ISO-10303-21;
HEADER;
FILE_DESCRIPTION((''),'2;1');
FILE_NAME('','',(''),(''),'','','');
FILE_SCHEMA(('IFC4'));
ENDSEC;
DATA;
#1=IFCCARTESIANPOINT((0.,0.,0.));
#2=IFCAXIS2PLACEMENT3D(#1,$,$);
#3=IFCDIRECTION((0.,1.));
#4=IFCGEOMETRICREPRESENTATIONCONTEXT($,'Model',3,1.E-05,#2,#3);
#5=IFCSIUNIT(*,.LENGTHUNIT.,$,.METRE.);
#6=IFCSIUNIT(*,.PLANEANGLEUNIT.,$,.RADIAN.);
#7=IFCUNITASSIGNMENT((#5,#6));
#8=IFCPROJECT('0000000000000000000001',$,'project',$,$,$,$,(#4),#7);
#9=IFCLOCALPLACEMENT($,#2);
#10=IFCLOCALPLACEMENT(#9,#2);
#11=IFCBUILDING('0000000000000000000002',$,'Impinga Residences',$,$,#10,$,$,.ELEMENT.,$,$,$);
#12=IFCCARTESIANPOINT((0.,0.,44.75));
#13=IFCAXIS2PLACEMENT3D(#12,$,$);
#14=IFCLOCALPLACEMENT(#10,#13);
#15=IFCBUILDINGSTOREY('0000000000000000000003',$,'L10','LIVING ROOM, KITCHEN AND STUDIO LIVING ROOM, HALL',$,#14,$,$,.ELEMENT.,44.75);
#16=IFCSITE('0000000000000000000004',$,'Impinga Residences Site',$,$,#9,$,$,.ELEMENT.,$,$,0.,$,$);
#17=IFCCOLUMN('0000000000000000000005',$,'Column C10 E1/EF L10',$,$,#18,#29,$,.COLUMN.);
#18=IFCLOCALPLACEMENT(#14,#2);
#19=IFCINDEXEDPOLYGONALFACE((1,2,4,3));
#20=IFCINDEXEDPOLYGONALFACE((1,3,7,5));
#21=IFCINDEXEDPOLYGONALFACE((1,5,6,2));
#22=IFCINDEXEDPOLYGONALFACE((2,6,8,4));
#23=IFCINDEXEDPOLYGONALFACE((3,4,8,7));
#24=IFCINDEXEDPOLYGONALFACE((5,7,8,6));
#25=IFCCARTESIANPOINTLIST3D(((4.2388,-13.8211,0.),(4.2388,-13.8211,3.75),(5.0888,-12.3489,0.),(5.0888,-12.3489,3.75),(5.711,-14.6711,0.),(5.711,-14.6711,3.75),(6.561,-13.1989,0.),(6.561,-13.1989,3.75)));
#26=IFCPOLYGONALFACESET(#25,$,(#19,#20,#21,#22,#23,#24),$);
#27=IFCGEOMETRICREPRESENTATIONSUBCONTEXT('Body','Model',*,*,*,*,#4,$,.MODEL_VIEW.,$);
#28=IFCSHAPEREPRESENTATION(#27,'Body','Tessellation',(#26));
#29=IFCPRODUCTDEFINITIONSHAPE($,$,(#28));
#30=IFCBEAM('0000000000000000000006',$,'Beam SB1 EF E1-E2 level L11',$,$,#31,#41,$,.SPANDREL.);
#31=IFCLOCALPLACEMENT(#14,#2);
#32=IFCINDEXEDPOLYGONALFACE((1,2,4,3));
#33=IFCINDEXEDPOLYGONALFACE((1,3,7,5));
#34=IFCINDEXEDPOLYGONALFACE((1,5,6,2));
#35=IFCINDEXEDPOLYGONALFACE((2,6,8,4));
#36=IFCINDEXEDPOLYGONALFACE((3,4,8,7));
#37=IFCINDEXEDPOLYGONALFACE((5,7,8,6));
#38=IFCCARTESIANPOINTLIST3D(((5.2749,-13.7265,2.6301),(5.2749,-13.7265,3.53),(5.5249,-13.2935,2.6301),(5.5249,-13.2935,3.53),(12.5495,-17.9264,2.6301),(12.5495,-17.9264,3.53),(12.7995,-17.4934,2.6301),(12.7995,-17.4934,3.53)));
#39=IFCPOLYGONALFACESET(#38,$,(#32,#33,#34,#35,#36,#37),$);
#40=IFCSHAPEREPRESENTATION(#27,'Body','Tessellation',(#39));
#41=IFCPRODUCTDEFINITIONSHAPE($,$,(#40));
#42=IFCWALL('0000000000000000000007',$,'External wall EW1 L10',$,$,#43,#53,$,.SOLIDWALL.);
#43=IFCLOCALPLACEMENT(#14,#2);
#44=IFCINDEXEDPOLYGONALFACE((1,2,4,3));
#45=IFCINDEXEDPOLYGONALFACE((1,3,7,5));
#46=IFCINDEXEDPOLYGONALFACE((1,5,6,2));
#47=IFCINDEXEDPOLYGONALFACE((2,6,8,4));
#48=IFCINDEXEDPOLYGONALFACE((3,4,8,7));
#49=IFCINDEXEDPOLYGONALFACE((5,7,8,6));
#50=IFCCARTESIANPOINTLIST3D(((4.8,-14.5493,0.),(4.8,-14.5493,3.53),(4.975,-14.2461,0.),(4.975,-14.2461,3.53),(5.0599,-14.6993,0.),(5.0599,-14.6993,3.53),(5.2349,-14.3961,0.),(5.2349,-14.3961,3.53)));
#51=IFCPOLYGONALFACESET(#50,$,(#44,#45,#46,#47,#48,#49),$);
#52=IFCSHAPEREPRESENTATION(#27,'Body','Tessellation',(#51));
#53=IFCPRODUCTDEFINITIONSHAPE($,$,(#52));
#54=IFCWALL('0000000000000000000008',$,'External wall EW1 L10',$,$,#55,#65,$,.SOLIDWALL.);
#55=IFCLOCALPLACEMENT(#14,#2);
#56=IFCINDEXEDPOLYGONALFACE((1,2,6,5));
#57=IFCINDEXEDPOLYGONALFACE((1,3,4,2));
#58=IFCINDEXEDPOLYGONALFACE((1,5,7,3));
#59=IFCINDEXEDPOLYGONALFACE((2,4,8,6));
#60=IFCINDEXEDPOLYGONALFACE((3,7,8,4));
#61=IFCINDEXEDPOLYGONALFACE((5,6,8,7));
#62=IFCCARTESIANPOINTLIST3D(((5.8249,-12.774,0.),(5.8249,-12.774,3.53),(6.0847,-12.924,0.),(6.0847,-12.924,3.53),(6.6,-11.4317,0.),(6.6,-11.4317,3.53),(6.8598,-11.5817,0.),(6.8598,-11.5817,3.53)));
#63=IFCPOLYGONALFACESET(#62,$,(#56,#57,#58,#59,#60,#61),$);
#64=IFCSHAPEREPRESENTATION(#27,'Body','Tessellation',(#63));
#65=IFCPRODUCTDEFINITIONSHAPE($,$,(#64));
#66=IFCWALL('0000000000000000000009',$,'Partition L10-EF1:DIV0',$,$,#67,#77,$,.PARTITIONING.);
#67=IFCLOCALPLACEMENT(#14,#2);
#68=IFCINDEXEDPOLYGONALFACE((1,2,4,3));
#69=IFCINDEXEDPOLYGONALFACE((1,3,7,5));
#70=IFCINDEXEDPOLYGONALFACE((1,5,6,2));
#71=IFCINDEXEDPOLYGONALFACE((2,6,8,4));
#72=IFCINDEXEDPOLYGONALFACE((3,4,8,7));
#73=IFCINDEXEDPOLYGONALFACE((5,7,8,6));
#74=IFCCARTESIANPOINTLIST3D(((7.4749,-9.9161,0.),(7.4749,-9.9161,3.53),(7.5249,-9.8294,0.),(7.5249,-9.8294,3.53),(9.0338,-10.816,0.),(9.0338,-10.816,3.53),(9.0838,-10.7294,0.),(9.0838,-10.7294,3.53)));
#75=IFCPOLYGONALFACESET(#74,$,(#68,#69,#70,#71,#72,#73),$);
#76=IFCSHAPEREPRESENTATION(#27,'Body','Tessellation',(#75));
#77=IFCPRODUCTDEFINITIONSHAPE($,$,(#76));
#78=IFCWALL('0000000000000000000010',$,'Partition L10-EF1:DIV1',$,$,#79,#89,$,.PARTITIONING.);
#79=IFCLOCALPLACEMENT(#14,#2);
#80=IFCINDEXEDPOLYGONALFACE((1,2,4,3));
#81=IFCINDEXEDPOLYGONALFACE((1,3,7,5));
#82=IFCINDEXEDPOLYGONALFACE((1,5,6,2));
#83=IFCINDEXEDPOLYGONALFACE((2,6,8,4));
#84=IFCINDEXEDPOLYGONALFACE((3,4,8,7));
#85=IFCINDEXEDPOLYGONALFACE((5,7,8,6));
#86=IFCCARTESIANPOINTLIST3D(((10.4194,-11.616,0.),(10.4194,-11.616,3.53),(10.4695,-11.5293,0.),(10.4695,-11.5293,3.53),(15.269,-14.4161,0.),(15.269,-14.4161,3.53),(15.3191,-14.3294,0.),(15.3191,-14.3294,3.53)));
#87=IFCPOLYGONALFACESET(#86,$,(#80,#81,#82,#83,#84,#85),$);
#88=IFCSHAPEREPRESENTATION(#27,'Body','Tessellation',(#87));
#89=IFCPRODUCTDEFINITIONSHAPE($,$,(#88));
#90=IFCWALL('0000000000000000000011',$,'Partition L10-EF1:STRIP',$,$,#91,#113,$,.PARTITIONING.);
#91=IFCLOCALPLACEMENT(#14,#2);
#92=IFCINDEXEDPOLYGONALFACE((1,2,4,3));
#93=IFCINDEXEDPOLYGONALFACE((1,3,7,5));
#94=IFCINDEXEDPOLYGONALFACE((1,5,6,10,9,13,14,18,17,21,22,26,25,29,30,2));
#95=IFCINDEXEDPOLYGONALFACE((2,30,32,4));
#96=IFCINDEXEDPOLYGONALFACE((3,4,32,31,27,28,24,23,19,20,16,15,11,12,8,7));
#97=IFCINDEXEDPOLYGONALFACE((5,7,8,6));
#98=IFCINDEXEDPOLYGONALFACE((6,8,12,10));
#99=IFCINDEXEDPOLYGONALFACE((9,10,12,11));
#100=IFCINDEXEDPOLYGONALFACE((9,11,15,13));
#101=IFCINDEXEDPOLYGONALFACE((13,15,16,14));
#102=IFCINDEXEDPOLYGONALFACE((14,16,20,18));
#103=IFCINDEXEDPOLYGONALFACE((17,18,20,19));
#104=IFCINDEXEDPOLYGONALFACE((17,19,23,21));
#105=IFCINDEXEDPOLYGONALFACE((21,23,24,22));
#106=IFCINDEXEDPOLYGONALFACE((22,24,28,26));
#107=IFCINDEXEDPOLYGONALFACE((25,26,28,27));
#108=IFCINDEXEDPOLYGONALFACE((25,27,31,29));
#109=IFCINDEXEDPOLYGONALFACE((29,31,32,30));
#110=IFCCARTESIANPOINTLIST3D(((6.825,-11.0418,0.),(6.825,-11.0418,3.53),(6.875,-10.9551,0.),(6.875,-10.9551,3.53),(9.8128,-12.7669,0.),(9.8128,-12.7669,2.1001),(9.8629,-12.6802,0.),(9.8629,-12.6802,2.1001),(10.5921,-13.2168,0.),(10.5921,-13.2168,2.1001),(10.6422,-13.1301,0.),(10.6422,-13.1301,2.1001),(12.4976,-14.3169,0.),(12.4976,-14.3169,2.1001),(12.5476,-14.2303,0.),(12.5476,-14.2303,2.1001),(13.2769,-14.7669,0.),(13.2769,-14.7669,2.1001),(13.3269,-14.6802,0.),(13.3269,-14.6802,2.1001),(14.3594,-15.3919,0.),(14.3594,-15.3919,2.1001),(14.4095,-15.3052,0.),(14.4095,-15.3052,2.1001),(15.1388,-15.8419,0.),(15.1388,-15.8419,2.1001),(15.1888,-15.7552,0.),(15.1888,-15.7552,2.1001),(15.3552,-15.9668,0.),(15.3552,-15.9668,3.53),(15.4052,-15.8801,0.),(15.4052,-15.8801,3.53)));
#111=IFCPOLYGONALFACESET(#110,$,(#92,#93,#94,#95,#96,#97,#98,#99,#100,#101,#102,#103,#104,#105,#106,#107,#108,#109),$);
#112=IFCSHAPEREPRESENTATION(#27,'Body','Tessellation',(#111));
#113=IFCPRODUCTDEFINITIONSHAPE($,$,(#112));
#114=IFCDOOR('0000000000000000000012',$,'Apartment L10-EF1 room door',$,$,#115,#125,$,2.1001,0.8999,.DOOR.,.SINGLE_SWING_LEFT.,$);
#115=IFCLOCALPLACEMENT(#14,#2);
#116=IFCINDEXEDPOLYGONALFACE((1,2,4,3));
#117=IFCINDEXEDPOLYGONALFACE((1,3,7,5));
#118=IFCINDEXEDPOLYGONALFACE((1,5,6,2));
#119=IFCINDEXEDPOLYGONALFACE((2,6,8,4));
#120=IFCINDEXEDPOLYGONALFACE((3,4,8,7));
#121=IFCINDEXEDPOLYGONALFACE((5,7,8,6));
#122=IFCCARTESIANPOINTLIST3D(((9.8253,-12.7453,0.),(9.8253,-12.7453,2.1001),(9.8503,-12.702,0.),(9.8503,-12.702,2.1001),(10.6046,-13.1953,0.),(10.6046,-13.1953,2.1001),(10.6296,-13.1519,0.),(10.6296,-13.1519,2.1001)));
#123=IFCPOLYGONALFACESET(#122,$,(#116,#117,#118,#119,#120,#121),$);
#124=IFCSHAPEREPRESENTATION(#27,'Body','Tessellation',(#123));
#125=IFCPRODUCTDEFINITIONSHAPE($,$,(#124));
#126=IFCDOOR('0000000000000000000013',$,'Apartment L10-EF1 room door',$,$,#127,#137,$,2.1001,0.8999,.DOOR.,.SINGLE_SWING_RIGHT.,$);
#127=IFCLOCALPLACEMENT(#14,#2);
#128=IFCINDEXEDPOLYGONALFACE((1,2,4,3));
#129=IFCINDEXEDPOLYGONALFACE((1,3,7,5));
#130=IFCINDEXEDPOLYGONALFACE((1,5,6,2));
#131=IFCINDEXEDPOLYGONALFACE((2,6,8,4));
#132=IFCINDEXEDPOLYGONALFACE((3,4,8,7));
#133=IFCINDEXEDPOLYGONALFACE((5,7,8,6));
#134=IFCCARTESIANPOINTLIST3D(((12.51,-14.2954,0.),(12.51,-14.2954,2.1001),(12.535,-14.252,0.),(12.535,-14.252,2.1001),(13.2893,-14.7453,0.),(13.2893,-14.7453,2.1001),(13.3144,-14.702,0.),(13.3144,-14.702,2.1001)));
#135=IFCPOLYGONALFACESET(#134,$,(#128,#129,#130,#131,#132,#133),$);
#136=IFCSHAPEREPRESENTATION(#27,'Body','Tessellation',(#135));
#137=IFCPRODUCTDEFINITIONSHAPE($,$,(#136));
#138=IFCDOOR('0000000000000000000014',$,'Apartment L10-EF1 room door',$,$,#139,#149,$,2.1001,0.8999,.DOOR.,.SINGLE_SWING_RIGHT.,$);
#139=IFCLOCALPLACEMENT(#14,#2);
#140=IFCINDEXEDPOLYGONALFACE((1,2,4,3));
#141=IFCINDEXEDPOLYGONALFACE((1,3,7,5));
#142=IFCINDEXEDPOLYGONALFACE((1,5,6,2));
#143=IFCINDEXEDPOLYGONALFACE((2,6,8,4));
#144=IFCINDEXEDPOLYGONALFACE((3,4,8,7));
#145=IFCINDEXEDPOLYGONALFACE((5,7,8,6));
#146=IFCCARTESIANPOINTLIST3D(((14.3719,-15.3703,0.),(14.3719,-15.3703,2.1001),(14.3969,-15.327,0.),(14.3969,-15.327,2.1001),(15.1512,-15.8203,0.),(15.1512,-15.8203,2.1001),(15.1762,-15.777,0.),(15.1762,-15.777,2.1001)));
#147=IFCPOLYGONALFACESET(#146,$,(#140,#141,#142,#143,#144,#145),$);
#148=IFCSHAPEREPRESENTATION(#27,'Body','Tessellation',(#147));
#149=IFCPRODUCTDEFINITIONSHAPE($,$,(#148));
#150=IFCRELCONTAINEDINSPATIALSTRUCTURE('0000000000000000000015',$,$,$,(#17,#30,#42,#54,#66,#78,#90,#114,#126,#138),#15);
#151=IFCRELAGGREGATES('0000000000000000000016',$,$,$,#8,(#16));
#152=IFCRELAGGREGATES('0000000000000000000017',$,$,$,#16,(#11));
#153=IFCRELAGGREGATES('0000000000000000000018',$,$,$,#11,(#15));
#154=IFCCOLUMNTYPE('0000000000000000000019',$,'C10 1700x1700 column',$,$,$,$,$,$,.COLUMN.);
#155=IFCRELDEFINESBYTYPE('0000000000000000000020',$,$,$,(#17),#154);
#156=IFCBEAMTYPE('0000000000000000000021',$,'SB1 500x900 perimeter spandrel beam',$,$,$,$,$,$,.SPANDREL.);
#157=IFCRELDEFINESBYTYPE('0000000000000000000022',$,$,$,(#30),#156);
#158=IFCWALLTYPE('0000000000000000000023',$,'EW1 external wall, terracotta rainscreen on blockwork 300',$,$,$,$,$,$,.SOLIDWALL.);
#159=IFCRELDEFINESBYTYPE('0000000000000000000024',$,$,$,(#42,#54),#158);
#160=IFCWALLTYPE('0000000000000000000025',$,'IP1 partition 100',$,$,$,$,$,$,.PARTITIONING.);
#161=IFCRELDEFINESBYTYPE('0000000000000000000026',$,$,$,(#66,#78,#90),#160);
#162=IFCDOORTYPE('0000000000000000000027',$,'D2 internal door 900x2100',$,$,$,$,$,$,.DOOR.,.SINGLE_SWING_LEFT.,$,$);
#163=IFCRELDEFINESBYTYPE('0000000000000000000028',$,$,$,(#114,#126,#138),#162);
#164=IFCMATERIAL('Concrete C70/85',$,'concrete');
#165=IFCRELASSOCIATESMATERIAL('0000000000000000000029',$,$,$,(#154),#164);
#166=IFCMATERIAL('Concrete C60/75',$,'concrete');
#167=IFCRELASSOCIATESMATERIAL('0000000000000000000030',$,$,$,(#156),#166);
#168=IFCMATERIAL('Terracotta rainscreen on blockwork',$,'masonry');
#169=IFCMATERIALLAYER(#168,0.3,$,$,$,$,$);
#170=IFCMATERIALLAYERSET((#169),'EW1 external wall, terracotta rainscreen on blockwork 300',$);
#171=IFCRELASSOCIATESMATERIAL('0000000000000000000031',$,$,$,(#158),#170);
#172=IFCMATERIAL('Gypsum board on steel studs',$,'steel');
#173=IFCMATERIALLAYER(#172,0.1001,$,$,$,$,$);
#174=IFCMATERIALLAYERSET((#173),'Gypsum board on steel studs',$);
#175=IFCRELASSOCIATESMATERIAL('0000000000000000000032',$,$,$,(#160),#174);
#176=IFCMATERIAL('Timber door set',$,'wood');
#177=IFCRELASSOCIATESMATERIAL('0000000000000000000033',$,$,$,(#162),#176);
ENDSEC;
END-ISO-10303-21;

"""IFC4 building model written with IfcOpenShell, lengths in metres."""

from ifc_helpers import new_model, si_unit, direction, frame, frame_2d, origin, origin_2d, place, context, subcontext, project, spatial, rectangle, extrude, material, layer, layer_set, material_profile, profile_set, type_object, element, fill, save


model = new_model("IFC4")

# Units and contexts
model_context = context("Model", 3, precision=1e-05, world=origin(), true_north=direction((0.0, 1.0)))
body_context = subcontext(model_context, "Body", "Model", "MODEL_VIEW")
ifc_project = project(units=[si_unit("LENGTHUNIT", "METRE"), si_unit("PLANEANGLEUNIT", "RADIAN")], contexts=[model_context])

# Site, building, storey
site_placement = place(None, origin())
site = spatial("IfcSite", under=ifc_project, at=site_placement, Name="Impinga Residences Site", CompositionType="ELEMENT", RefElevation=0.0)
building_placement = place(site_placement, origin())
building = spatial("IfcBuilding", under=site, at=building_placement, Name="Impinga Residences", CompositionType="ELEMENT")
storey_placement = place(building_placement, frame((0.0, 0.0, 44.75)))
storey = spatial("IfcBuildingStorey", under=building, at=storey_placement, Name="L10", Description="LIVING ROOM, KITCHEN AND STUDIO LIVING ROOM, HALL", CompositionType="ELEMENT", Elevation=44.75)

# Column
ifc_material_1 = material(Name="Concrete C70/85", Category="concrete")
ifc_material_profile_1 = material_profile(ifc_material_1, rectangle(XDim=1.7, YDim=1.7, at=origin_2d()), Name="RC 1700x1700")
ifc_profile_set_1 = profile_set([ifc_material_profile_1], Name="Concrete C70/85")
column_type = type_object("IfcColumnType", Name="C10 1700x1700 column", PredefinedType="COLUMN", material=ifc_profile_set_1)
column_placement = place(storey_placement, frame((5.3999, -13.51, 0.0), z_axis=(0.0, 0.0, 1.0), x_axis=(-0.5, -0.866025, 0.0)))
element("IfcColumn", 1, at=column_placement, inside=storey, type_object=column_type, Name="Column C10 E1/EF L10", PredefinedType="COLUMN", context=body_context, shape_type="SweptSolid", body=[
    extrude(rectangle(XDim=1.7, YDim=1.7, at=origin_2d()), origin(), (0.0, 0.0, 1.0), 3.75),
])

# Beam
ifc_material_2 = material(Name="Concrete C60/75", Category="concrete")
ifc_material_profile_2 = material_profile(ifc_material_2, rectangle(XDim=0.5, YDim=0.8999, at=origin_2d()), Name="RC 500x900")
ifc_profile_set_2 = profile_set([ifc_material_profile_2], Name="Concrete C60/75")
beam_type = type_object("IfcBeamType", Name="SB1 500x900 perimeter spandrel beam", PredefinedType="SPANDREL", material=ifc_profile_set_2)
beam_placement = place(storey_placement, frame((5.3999, -13.51, 3.0801), z_axis=(0.866029, -0.499993, 0.0), x_axis=(0.499993, 0.866029, 0.0)))
element("IfcBeam", 2, at=beam_placement, inside=storey, type_object=beam_type, Name="Beam SB1 EF E1-E2 level L11", PredefinedType="SPANDREL", context=body_context, shape_type="SweptSolid", body=[
    extrude(rectangle(XDim=0.5, YDim=0.8999, at=origin_2d()), origin(), (0.0, 0.0, 1.0), 8.3999),
])

# Walls
ifc_material_3 = material(Name="Terracotta rainscreen on blockwork", Category="masonry")
ifc_layer_1 = layer(ifc_material_3, 0.3)
ifc_layer_set_1 = layer_set([ifc_layer_1], Name="EW1 external wall, terracotta rainscreen on blockwork 300")
wall_type_1 = type_object("IfcWallType", Name="EW1 external wall, terracotta rainscreen on blockwork 300", PredefinedType="SOLIDWALL", material=ifc_layer_set_1)
wall_1_placement = place(storey_placement, frame((4.9299, -14.6243, 0.0), z_axis=(0.0, 0.0, 1.0), x_axis=(0.499964, 0.866046, 0.0)))
element("IfcWall", 3, at=wall_1_placement, inside=storey, type_object=wall_type_1, Name="External wall EW1 L10", PredefinedType="SOLIDWALL", context=body_context, shape_type="SweptSolid", body=[
    extrude(rectangle(XDim=0.3501, YDim=0.3, at=frame_2d((0.175, 0.0))), origin(), (0.0, 0.0, 1.0), 3.53),
])
wall_2_placement = place(storey_placement, frame((5.9548, -12.8489, 0.0), z_axis=(0.0, 0.0, 1.0), x_axis=(0.500086, 0.865976, 0.0)))
element("IfcWall", 4, at=wall_2_placement, inside=storey, type_object=wall_type_1, Name="External wall EW1 L10", PredefinedType="SOLIDWALL", context=body_context, shape_type="SweptSolid", body=[
    extrude(rectangle(XDim=1.55, YDim=0.3, at=frame_2d((0.7749, 0.0))), origin(), (0.0, 0.0, 1.0), 3.53),
])
ifc_material_4 = material(Name="Gypsum board on steel studs", Category="steel")
ifc_layer_2 = layer(ifc_material_4, 0.1001)
ifc_layer_set_2 = layer_set([ifc_layer_2], Name="Gypsum board on steel studs")
wall_type_2 = type_object("IfcWallType", Name="IP1 partition 100", PredefinedType="PARTITIONING", material=ifc_layer_set_2)
wall_3_placement = place(storey_placement, frame((7.5, -9.8728, 0.0), z_axis=(0.0, 0.0, 1.0), x_axis=(0.866048, -0.499961, 0.0)))
element("IfcWall", 5, at=wall_3_placement, inside=storey, type_object=wall_type_2, Name="Partition L10-EF1:DIV0", PredefinedType="PARTITIONING", context=body_context, shape_type="SweptSolid", body=[
    extrude(rectangle(XDim=1.8, YDim=0.1001, at=frame_2d((0.8999, 0.0))), origin(), (0.0, 0.0, 1.0), 3.53),
])
wall_4_placement = place(storey_placement, frame((10.4446, -11.5728, 0.0), z_axis=(0.0, 0.0, 1.0), x_axis=(0.866016, -0.500017, 0.0)))
element("IfcWall", 6, at=wall_4_placement, inside=storey, type_object=wall_type_2, Name="Partition L10-EF1:DIV1", PredefinedType="PARTITIONING", context=body_context, shape_type="SweptSolid", body=[
    extrude(rectangle(XDim=5.5999, YDim=0.1001, at=frame_2d((2.7998, 0.0))), origin(), (0.0, 0.0, 1.0), 3.53),
])

# Wall, openings, doors
wall_5_placement = place(storey_placement, frame((6.8501, -10.9985, 0.0), z_axis=(0.0, 0.0, 1.0), x_axis=(0.866021, -0.500007, 0.0)))
wall_5 = element("IfcWall", 7, at=wall_5_placement, inside=storey, type_object=wall_type_2, Name="Partition L10-EF1:STRIP", PredefinedType="PARTITIONING", context=body_context, shape_type="SweptSolid", body=[
    extrude(rectangle(XDim=9.8499, YDim=0.1001, at=frame_2d((4.9248, 0.0))), origin(), (0.0, 0.0, 1.0), 3.53),
])
opening_1_placement = place(wall_5_placement, frame((3.45, 0.0, 0.0)))
opening_1 = element("IfcOpeningElement", 8, at=opening_1_placement, cuts=wall_5, PredefinedType="OPENING", context=body_context, shape_type="SweptSolid", body=[
    extrude(rectangle(XDim=0.8999, YDim=2.1001, at=frame_2d((0.45, 1.05))), frame((0.0, 0.0601, 0.0), z_axis=(0.0, -1.0, 0.0), x_axis=(1.0, 0.0, 0.0)), (0.0, 0.0, 1.0), 0.1201),
])
opening_2_placement = place(wall_5_placement, frame((6.55, 0.0, 0.0)))
opening_2 = element("IfcOpeningElement", 9, at=opening_2_placement, cuts=wall_5, PredefinedType="OPENING", context=body_context, shape_type="SweptSolid", body=[
    extrude(rectangle(XDim=0.8999, YDim=2.1001, at=frame_2d((0.45, 1.05))), frame((0.0, 0.0601, 0.0), z_axis=(0.0, -1.0, 0.0), x_axis=(1.0, 0.0, 0.0)), (0.0, 0.0, 1.0), 0.1201),
])
opening_3_placement = place(wall_5_placement, frame((8.7, 0.0, 0.0)))
opening_3 = element("IfcOpeningElement", 10, at=opening_3_placement, cuts=wall_5, PredefinedType="OPENING", context=body_context, shape_type="SweptSolid", body=[
    extrude(rectangle(XDim=0.8999, YDim=2.1001, at=frame_2d((0.45, 1.05))), frame((0.0, 0.0601, 0.0), z_axis=(0.0, -1.0, 0.0), x_axis=(1.0, 0.0, 0.0)), (0.0, 0.0, 1.0), 0.1201),
])
ifc_material_5 = material(Name="Timber door set", Category="wood")
door_type_1 = type_object("IfcDoorType", Name="D2 internal door 900x2100", OperationType="SINGLE_SWING_LEFT", PredefinedType="DOOR", material=ifc_material_5)
door_1_placement = place(opening_1_placement, origin())
door_1 = element("IfcDoor", 11, at=door_1_placement, inside=storey, type_object=door_type_1, Name="Apartment L10-EF1 room door", OperationType="SINGLE_SWING_LEFT", OverallHeight=2.1001, OverallWidth=0.8999, PredefinedType="DOOR", context=body_context, shape_type="SweptSolid", body=[
    extrude(rectangle(XDim=0.8999, YDim=2.1001, at=frame_2d((0.45, 1.05))), frame((0.0, 0.0249, 0.0), z_axis=(0.0, -1.0, 0.0), x_axis=(1.0, 0.0, 0.0)), (0.0, 0.0, 1.0), 0.05),
])
fill(opening_1, door_1)
door_2_placement = place(opening_2_placement, origin())
door_2 = element("IfcDoor", 12, at=door_2_placement, inside=storey, type_object=door_type_1, Name="Apartment L10-EF1 room door", OperationType="SINGLE_SWING_RIGHT", OverallHeight=2.1001, OverallWidth=0.8999, PredefinedType="DOOR", context=body_context, shape_type="SweptSolid", body=[
    extrude(rectangle(XDim=0.8999, YDim=2.1001, at=frame_2d((0.45, 1.05))), frame((0.0, 0.0249, 0.0), z_axis=(0.0, -1.0, 0.0), x_axis=(1.0, 0.0, 0.0)), (0.0, 0.0, 1.0), 0.05),
])
fill(opening_2, door_2)
door_3_placement = place(opening_3_placement, origin())
door_3 = element("IfcDoor", 13, at=door_3_placement, inside=storey, type_object=door_type_1, Name="Apartment L10-EF1 room door", OperationType="SINGLE_SWING_RIGHT", OverallHeight=2.1001, OverallWidth=0.8999, PredefinedType="DOOR", context=body_context, shape_type="SweptSolid", body=[
    extrude(rectangle(XDim=0.8999, YDim=2.1001, at=frame_2d((0.45, 1.05))), frame((0.0, 0.0249, 0.0), z_axis=(0.0, -1.0, 0.0), x_axis=(1.0, 0.0, 0.0)), (0.0, 0.0, 1.0), 0.05),
])
fill(opening_3, door_3)

save(model, "model.ifc")
